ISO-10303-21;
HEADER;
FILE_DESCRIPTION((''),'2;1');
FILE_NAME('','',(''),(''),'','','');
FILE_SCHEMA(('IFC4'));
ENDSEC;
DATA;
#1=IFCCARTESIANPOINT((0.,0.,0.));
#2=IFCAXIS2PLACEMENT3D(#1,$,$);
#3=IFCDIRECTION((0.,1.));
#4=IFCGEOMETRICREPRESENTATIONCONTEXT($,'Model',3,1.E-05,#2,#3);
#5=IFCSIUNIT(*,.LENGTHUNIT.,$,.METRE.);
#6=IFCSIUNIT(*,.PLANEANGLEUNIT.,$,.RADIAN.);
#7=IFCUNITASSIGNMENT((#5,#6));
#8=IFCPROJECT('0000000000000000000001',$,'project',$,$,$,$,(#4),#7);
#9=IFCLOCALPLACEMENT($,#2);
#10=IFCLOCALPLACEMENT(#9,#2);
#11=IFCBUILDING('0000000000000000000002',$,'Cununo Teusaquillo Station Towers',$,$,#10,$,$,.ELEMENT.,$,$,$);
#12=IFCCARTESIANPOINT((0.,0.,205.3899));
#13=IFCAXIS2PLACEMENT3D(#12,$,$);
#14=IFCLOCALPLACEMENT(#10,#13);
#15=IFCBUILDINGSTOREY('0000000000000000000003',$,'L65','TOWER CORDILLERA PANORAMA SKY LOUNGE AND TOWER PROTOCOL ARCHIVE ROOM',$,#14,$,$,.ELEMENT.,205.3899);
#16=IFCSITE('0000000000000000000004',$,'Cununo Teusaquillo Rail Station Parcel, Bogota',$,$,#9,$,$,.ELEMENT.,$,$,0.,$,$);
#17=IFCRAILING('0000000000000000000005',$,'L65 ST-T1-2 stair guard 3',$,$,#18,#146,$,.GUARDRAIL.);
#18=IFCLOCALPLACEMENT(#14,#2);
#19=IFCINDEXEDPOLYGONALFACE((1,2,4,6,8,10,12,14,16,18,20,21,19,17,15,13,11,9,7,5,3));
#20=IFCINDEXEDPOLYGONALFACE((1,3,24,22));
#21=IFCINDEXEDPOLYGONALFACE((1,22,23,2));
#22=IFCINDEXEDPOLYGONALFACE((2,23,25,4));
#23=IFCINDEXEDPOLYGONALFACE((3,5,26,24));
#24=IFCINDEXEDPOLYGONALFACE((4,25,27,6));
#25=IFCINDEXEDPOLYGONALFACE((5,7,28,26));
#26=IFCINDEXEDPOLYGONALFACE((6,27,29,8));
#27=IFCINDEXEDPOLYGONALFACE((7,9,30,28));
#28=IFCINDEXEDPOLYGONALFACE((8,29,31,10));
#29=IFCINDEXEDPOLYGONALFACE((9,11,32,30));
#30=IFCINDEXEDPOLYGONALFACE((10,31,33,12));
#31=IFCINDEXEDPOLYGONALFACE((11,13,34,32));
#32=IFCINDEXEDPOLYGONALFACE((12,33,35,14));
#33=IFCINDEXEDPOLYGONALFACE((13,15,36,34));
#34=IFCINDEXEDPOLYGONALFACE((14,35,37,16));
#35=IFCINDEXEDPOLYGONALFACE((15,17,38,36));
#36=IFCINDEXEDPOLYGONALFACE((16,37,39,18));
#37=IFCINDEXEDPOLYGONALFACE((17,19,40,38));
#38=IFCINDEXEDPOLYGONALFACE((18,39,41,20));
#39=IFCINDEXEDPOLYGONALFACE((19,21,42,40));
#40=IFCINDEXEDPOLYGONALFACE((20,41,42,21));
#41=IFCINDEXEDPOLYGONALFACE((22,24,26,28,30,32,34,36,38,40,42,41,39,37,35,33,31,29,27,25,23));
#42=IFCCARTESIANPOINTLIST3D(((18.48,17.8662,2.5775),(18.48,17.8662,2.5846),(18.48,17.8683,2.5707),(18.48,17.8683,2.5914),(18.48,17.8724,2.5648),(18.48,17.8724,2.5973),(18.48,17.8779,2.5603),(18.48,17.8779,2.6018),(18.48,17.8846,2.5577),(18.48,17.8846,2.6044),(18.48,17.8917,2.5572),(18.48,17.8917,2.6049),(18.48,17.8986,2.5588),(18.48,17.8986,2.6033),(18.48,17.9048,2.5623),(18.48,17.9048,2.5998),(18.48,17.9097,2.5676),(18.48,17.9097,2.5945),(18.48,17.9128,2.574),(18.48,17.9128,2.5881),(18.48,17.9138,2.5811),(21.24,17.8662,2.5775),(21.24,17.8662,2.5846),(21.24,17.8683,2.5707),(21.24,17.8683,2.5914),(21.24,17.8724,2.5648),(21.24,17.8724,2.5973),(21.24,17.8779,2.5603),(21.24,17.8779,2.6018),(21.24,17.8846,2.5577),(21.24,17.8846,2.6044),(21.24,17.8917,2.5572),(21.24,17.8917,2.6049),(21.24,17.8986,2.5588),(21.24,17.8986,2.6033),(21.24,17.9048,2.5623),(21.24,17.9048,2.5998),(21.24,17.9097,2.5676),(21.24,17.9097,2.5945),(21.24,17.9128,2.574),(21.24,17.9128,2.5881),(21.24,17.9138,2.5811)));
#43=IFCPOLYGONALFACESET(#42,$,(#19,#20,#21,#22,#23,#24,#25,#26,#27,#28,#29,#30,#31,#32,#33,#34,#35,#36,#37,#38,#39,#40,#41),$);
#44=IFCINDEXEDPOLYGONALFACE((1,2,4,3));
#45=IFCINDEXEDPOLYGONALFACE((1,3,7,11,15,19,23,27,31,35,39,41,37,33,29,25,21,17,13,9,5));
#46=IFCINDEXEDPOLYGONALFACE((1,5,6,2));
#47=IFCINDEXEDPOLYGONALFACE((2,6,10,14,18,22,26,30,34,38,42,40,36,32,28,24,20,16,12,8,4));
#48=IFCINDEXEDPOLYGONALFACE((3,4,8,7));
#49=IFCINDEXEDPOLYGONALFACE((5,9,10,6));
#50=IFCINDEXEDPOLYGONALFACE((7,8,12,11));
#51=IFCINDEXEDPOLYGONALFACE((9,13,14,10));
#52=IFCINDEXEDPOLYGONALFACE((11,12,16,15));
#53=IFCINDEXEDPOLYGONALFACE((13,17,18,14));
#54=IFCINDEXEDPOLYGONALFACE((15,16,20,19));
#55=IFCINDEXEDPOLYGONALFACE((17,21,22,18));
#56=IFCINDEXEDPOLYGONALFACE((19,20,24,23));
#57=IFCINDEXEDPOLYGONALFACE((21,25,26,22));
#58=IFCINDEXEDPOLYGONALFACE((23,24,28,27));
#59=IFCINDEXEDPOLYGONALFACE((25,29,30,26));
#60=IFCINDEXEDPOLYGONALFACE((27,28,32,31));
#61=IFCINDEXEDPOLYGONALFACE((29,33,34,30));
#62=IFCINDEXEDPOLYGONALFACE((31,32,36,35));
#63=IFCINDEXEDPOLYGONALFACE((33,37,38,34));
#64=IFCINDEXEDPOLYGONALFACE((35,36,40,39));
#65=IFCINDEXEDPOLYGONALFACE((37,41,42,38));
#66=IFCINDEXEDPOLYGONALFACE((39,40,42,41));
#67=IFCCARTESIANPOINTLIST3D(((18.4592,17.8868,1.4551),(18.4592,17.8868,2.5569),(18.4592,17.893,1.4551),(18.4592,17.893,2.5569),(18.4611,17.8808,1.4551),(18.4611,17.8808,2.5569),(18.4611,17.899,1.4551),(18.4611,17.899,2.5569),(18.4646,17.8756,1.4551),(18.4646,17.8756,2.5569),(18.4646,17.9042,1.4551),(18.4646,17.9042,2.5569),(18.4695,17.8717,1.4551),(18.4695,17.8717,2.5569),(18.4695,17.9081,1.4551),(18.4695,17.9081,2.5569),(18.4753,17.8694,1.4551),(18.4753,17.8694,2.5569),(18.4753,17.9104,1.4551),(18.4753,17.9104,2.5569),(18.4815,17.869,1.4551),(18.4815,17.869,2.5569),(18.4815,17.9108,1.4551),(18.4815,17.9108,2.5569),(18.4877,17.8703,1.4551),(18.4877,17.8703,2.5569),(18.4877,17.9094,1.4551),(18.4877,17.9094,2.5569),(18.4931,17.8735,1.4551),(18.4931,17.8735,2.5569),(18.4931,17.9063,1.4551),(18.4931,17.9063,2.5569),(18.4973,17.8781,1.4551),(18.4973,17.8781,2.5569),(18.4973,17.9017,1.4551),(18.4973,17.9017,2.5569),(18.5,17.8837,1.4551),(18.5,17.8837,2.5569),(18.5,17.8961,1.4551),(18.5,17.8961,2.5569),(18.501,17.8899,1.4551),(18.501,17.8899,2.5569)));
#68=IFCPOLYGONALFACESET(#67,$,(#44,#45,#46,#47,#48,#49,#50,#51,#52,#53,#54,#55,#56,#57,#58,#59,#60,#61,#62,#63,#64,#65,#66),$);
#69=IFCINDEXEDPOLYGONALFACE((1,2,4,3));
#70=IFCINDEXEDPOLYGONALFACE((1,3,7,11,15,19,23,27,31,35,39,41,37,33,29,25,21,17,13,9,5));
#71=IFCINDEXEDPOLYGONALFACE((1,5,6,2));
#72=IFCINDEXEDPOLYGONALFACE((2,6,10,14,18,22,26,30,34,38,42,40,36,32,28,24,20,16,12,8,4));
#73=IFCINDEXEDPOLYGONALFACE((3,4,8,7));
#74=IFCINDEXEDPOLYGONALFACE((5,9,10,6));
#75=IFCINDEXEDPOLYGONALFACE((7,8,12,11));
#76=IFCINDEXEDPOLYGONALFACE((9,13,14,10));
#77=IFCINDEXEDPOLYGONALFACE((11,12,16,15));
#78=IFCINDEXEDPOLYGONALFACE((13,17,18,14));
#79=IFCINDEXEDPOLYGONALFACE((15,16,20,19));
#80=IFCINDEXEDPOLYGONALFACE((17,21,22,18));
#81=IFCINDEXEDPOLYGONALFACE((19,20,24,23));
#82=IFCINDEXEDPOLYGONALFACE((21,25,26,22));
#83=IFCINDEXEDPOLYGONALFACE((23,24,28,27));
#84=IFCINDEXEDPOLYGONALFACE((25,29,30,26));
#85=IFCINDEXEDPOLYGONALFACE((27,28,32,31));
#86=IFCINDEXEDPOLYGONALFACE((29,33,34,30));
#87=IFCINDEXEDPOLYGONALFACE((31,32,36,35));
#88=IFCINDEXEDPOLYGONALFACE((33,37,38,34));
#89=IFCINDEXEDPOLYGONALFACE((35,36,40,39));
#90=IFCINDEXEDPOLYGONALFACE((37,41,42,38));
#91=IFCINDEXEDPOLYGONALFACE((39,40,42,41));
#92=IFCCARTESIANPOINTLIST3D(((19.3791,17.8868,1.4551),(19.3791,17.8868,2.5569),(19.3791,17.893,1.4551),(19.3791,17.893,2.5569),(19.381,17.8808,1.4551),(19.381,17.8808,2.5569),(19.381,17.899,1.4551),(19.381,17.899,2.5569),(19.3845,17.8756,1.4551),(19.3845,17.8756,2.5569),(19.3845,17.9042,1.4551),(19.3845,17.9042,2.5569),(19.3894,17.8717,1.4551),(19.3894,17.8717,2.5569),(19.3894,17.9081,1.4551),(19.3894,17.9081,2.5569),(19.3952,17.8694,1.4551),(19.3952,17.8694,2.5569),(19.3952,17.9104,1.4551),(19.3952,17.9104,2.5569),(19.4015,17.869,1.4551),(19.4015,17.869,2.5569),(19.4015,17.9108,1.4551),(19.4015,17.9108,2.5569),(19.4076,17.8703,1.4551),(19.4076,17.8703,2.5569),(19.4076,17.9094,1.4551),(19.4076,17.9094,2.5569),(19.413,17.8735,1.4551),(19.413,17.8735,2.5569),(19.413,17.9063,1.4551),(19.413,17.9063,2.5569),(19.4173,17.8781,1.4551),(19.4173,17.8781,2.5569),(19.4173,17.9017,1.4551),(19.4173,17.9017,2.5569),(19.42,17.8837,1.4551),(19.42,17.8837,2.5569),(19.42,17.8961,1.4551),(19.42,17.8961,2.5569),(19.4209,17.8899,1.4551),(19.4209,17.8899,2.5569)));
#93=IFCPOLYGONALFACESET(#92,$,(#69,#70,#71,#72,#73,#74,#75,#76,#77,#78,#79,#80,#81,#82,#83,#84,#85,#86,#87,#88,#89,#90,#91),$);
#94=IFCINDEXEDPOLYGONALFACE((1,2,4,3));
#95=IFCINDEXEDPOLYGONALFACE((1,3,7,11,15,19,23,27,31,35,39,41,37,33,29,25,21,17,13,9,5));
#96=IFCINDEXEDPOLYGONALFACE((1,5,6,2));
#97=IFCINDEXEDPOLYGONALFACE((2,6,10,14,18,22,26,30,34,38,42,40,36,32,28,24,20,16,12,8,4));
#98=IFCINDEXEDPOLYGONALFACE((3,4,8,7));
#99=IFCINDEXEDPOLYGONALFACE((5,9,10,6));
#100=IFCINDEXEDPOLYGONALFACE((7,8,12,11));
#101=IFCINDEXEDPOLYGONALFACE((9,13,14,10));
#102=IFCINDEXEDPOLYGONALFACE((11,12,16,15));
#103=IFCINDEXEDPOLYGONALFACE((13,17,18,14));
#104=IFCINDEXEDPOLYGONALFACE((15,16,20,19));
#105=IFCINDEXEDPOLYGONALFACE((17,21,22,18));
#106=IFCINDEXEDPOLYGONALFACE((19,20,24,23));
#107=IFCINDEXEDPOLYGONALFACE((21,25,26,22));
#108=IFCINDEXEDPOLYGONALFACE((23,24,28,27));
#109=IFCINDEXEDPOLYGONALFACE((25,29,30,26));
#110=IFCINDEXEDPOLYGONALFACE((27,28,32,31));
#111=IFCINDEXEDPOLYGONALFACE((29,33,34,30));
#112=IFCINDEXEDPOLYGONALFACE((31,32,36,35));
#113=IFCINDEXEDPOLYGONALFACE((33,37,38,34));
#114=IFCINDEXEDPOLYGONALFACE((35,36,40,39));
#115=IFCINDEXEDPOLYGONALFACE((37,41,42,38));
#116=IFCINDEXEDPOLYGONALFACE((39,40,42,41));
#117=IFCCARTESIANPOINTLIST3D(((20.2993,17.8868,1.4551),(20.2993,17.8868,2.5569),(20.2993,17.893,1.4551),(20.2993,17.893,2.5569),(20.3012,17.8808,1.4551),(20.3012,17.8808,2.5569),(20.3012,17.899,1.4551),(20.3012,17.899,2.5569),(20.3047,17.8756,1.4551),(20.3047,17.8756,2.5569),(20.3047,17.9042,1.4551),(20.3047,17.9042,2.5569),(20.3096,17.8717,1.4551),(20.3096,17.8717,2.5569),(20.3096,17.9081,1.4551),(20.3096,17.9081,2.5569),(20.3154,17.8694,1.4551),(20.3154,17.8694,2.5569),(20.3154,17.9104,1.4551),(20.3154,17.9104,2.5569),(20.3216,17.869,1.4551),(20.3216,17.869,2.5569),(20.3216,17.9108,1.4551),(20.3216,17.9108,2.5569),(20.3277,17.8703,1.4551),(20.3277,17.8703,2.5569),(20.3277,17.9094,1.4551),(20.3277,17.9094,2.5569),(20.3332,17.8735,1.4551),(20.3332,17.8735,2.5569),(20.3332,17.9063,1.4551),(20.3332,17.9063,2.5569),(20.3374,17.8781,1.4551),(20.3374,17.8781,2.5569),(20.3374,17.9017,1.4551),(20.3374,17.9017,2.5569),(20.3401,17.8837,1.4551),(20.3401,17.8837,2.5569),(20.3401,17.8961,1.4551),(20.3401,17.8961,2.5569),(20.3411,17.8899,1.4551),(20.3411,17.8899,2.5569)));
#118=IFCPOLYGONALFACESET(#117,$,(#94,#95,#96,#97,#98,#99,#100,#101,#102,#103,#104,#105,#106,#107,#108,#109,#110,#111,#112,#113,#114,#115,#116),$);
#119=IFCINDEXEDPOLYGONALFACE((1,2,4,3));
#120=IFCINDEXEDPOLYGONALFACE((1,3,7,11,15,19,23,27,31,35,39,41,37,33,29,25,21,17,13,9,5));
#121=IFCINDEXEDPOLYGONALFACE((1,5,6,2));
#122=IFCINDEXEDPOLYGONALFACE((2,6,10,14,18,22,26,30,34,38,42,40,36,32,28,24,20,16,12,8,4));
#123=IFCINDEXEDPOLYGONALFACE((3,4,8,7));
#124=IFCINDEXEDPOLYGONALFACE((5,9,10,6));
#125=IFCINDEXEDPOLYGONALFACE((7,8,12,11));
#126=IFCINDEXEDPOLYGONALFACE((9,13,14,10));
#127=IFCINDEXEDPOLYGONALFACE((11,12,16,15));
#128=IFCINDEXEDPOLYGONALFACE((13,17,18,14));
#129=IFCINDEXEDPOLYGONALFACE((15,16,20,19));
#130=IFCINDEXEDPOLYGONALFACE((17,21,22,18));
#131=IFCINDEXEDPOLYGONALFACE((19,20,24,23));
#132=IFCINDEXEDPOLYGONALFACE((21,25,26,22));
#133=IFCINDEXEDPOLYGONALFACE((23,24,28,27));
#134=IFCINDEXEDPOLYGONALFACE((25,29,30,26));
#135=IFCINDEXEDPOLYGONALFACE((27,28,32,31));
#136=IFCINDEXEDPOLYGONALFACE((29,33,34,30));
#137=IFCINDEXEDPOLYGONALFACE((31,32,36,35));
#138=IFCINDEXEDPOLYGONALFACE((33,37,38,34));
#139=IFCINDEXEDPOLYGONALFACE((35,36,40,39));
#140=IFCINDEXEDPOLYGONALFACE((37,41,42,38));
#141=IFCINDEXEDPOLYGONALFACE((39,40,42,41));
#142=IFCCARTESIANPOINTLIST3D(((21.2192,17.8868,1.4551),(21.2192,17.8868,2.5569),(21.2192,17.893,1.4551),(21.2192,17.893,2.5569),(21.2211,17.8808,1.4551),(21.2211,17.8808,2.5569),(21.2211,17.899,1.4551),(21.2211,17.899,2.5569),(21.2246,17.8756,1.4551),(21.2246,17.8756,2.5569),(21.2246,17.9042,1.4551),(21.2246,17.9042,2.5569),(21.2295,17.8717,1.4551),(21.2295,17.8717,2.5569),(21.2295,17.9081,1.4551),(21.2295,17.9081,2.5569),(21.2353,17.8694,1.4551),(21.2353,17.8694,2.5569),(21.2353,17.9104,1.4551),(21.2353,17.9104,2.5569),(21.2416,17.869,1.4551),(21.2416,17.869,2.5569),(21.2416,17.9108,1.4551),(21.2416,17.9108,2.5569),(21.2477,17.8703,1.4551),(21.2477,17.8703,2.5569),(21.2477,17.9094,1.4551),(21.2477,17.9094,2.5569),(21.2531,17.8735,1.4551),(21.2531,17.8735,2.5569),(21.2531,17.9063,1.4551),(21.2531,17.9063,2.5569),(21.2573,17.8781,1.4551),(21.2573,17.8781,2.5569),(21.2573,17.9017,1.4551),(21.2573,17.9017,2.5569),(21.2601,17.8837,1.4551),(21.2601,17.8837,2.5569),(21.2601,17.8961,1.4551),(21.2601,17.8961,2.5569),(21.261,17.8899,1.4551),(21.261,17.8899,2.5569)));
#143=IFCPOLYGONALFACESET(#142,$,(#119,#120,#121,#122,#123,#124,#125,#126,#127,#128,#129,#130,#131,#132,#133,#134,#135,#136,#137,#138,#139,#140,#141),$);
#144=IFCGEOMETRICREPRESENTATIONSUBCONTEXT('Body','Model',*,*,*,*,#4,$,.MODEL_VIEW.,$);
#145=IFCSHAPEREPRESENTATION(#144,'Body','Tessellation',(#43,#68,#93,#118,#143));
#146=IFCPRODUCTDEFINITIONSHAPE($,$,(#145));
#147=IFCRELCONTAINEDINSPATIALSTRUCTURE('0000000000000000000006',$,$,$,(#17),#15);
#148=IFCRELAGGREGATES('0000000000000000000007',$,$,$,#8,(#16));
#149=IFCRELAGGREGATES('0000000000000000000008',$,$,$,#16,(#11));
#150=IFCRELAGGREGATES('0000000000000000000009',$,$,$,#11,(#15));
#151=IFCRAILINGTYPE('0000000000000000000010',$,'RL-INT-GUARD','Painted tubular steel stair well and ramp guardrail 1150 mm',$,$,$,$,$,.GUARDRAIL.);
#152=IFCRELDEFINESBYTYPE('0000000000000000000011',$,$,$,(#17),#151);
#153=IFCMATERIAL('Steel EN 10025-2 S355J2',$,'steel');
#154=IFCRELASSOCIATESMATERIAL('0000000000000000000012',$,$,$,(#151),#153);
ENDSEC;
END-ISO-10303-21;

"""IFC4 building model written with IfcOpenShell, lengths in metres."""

from ifc_helpers import new_model, si_unit, direction, frame, origin, origin_2d, place, context, subcontext, project, spatial, circle, extrude, material, type_object, element, save


model = new_model("IFC4")

# Units and contexts
model_context = context("Model", 3, precision=1e-05, world=origin(), true_north=direction((0.0, 1.0)))
body_context = subcontext(model_context, "Body", "Model", "MODEL_VIEW")
ifc_project = project(units=[si_unit("LENGTHUNIT", "METRE"), si_unit("PLANEANGLEUNIT", "RADIAN")], contexts=[model_context])

# Site, building, storey
site_placement = place(None, origin())
site = spatial("IfcSite", under=ifc_project, at=site_placement, Name="Cununo Teusaquillo Rail Station Parcel, Bogota", CompositionType="ELEMENT", RefElevation=0.0)
building_placement = place(site_placement, origin())
building = spatial("IfcBuilding", under=site, at=building_placement, Name="Cununo Teusaquillo Station Towers", CompositionType="ELEMENT")
storey_placement = place(building_placement, frame((0.0, 0.0, 205.3899)))
storey = spatial("IfcBuildingStorey", under=building, at=storey_placement, Name="L65", Description="TOWER CORDILLERA PANORAMA SKY LOUNGE AND TOWER PROTOCOL ARCHIVE ROOM", CompositionType="ELEMENT", Elevation=205.3899)

# Railing
ifc_material_1 = material(Name="Steel EN 10025-2 S355J2", Category="steel")
railing_type_1 = type_object("IfcRailingType", Name="RL-INT-GUARD", Description="Painted tubular steel stair well and ramp guardrail 1150 mm", PredefinedType="GUARDRAIL", material=ifc_material_1)
railing_1_placement = place(storey_placement, frame((18.48, 17.8899, 1.4551)))
element("IfcRailing", 1, at=railing_1_placement, inside=storey, type_object=railing_type_1, Name="L65 ST-T1-2 stair guard 3", PredefinedType="GUARDRAIL", context=body_context, shape_type="SweptSolid", body=[
    extrude(circle(Radius=0.0239, at=origin_2d()), frame((0.0, 0.0, 1.126), z_axis=(1.0, 0.0, 0.0), x_axis=(0.0, 1.0, 0.0)), (0.0, 0.0, 1.0), 2.76),
    extrude(circle(Radius=0.021, at=origin_2d()), origin(), (0.0, 0.0, 1.0), 1.1018),
    extrude(circle(Radius=0.021, at=origin_2d()), frame((0.9199, 0.0, 0.0)), (0.0, 0.0, 1.0), 1.1018),
    extrude(circle(Radius=0.021, at=origin_2d()), frame((1.8401, 0.0, 0.0)), (0.0, 0.0, 1.0), 1.1018),
    extrude(circle(Radius=0.021, at=origin_2d()), frame((2.76, 0.0, 0.0)), (0.0, 0.0, 1.0), 1.1018),
])

save(model, "model.ifc")
